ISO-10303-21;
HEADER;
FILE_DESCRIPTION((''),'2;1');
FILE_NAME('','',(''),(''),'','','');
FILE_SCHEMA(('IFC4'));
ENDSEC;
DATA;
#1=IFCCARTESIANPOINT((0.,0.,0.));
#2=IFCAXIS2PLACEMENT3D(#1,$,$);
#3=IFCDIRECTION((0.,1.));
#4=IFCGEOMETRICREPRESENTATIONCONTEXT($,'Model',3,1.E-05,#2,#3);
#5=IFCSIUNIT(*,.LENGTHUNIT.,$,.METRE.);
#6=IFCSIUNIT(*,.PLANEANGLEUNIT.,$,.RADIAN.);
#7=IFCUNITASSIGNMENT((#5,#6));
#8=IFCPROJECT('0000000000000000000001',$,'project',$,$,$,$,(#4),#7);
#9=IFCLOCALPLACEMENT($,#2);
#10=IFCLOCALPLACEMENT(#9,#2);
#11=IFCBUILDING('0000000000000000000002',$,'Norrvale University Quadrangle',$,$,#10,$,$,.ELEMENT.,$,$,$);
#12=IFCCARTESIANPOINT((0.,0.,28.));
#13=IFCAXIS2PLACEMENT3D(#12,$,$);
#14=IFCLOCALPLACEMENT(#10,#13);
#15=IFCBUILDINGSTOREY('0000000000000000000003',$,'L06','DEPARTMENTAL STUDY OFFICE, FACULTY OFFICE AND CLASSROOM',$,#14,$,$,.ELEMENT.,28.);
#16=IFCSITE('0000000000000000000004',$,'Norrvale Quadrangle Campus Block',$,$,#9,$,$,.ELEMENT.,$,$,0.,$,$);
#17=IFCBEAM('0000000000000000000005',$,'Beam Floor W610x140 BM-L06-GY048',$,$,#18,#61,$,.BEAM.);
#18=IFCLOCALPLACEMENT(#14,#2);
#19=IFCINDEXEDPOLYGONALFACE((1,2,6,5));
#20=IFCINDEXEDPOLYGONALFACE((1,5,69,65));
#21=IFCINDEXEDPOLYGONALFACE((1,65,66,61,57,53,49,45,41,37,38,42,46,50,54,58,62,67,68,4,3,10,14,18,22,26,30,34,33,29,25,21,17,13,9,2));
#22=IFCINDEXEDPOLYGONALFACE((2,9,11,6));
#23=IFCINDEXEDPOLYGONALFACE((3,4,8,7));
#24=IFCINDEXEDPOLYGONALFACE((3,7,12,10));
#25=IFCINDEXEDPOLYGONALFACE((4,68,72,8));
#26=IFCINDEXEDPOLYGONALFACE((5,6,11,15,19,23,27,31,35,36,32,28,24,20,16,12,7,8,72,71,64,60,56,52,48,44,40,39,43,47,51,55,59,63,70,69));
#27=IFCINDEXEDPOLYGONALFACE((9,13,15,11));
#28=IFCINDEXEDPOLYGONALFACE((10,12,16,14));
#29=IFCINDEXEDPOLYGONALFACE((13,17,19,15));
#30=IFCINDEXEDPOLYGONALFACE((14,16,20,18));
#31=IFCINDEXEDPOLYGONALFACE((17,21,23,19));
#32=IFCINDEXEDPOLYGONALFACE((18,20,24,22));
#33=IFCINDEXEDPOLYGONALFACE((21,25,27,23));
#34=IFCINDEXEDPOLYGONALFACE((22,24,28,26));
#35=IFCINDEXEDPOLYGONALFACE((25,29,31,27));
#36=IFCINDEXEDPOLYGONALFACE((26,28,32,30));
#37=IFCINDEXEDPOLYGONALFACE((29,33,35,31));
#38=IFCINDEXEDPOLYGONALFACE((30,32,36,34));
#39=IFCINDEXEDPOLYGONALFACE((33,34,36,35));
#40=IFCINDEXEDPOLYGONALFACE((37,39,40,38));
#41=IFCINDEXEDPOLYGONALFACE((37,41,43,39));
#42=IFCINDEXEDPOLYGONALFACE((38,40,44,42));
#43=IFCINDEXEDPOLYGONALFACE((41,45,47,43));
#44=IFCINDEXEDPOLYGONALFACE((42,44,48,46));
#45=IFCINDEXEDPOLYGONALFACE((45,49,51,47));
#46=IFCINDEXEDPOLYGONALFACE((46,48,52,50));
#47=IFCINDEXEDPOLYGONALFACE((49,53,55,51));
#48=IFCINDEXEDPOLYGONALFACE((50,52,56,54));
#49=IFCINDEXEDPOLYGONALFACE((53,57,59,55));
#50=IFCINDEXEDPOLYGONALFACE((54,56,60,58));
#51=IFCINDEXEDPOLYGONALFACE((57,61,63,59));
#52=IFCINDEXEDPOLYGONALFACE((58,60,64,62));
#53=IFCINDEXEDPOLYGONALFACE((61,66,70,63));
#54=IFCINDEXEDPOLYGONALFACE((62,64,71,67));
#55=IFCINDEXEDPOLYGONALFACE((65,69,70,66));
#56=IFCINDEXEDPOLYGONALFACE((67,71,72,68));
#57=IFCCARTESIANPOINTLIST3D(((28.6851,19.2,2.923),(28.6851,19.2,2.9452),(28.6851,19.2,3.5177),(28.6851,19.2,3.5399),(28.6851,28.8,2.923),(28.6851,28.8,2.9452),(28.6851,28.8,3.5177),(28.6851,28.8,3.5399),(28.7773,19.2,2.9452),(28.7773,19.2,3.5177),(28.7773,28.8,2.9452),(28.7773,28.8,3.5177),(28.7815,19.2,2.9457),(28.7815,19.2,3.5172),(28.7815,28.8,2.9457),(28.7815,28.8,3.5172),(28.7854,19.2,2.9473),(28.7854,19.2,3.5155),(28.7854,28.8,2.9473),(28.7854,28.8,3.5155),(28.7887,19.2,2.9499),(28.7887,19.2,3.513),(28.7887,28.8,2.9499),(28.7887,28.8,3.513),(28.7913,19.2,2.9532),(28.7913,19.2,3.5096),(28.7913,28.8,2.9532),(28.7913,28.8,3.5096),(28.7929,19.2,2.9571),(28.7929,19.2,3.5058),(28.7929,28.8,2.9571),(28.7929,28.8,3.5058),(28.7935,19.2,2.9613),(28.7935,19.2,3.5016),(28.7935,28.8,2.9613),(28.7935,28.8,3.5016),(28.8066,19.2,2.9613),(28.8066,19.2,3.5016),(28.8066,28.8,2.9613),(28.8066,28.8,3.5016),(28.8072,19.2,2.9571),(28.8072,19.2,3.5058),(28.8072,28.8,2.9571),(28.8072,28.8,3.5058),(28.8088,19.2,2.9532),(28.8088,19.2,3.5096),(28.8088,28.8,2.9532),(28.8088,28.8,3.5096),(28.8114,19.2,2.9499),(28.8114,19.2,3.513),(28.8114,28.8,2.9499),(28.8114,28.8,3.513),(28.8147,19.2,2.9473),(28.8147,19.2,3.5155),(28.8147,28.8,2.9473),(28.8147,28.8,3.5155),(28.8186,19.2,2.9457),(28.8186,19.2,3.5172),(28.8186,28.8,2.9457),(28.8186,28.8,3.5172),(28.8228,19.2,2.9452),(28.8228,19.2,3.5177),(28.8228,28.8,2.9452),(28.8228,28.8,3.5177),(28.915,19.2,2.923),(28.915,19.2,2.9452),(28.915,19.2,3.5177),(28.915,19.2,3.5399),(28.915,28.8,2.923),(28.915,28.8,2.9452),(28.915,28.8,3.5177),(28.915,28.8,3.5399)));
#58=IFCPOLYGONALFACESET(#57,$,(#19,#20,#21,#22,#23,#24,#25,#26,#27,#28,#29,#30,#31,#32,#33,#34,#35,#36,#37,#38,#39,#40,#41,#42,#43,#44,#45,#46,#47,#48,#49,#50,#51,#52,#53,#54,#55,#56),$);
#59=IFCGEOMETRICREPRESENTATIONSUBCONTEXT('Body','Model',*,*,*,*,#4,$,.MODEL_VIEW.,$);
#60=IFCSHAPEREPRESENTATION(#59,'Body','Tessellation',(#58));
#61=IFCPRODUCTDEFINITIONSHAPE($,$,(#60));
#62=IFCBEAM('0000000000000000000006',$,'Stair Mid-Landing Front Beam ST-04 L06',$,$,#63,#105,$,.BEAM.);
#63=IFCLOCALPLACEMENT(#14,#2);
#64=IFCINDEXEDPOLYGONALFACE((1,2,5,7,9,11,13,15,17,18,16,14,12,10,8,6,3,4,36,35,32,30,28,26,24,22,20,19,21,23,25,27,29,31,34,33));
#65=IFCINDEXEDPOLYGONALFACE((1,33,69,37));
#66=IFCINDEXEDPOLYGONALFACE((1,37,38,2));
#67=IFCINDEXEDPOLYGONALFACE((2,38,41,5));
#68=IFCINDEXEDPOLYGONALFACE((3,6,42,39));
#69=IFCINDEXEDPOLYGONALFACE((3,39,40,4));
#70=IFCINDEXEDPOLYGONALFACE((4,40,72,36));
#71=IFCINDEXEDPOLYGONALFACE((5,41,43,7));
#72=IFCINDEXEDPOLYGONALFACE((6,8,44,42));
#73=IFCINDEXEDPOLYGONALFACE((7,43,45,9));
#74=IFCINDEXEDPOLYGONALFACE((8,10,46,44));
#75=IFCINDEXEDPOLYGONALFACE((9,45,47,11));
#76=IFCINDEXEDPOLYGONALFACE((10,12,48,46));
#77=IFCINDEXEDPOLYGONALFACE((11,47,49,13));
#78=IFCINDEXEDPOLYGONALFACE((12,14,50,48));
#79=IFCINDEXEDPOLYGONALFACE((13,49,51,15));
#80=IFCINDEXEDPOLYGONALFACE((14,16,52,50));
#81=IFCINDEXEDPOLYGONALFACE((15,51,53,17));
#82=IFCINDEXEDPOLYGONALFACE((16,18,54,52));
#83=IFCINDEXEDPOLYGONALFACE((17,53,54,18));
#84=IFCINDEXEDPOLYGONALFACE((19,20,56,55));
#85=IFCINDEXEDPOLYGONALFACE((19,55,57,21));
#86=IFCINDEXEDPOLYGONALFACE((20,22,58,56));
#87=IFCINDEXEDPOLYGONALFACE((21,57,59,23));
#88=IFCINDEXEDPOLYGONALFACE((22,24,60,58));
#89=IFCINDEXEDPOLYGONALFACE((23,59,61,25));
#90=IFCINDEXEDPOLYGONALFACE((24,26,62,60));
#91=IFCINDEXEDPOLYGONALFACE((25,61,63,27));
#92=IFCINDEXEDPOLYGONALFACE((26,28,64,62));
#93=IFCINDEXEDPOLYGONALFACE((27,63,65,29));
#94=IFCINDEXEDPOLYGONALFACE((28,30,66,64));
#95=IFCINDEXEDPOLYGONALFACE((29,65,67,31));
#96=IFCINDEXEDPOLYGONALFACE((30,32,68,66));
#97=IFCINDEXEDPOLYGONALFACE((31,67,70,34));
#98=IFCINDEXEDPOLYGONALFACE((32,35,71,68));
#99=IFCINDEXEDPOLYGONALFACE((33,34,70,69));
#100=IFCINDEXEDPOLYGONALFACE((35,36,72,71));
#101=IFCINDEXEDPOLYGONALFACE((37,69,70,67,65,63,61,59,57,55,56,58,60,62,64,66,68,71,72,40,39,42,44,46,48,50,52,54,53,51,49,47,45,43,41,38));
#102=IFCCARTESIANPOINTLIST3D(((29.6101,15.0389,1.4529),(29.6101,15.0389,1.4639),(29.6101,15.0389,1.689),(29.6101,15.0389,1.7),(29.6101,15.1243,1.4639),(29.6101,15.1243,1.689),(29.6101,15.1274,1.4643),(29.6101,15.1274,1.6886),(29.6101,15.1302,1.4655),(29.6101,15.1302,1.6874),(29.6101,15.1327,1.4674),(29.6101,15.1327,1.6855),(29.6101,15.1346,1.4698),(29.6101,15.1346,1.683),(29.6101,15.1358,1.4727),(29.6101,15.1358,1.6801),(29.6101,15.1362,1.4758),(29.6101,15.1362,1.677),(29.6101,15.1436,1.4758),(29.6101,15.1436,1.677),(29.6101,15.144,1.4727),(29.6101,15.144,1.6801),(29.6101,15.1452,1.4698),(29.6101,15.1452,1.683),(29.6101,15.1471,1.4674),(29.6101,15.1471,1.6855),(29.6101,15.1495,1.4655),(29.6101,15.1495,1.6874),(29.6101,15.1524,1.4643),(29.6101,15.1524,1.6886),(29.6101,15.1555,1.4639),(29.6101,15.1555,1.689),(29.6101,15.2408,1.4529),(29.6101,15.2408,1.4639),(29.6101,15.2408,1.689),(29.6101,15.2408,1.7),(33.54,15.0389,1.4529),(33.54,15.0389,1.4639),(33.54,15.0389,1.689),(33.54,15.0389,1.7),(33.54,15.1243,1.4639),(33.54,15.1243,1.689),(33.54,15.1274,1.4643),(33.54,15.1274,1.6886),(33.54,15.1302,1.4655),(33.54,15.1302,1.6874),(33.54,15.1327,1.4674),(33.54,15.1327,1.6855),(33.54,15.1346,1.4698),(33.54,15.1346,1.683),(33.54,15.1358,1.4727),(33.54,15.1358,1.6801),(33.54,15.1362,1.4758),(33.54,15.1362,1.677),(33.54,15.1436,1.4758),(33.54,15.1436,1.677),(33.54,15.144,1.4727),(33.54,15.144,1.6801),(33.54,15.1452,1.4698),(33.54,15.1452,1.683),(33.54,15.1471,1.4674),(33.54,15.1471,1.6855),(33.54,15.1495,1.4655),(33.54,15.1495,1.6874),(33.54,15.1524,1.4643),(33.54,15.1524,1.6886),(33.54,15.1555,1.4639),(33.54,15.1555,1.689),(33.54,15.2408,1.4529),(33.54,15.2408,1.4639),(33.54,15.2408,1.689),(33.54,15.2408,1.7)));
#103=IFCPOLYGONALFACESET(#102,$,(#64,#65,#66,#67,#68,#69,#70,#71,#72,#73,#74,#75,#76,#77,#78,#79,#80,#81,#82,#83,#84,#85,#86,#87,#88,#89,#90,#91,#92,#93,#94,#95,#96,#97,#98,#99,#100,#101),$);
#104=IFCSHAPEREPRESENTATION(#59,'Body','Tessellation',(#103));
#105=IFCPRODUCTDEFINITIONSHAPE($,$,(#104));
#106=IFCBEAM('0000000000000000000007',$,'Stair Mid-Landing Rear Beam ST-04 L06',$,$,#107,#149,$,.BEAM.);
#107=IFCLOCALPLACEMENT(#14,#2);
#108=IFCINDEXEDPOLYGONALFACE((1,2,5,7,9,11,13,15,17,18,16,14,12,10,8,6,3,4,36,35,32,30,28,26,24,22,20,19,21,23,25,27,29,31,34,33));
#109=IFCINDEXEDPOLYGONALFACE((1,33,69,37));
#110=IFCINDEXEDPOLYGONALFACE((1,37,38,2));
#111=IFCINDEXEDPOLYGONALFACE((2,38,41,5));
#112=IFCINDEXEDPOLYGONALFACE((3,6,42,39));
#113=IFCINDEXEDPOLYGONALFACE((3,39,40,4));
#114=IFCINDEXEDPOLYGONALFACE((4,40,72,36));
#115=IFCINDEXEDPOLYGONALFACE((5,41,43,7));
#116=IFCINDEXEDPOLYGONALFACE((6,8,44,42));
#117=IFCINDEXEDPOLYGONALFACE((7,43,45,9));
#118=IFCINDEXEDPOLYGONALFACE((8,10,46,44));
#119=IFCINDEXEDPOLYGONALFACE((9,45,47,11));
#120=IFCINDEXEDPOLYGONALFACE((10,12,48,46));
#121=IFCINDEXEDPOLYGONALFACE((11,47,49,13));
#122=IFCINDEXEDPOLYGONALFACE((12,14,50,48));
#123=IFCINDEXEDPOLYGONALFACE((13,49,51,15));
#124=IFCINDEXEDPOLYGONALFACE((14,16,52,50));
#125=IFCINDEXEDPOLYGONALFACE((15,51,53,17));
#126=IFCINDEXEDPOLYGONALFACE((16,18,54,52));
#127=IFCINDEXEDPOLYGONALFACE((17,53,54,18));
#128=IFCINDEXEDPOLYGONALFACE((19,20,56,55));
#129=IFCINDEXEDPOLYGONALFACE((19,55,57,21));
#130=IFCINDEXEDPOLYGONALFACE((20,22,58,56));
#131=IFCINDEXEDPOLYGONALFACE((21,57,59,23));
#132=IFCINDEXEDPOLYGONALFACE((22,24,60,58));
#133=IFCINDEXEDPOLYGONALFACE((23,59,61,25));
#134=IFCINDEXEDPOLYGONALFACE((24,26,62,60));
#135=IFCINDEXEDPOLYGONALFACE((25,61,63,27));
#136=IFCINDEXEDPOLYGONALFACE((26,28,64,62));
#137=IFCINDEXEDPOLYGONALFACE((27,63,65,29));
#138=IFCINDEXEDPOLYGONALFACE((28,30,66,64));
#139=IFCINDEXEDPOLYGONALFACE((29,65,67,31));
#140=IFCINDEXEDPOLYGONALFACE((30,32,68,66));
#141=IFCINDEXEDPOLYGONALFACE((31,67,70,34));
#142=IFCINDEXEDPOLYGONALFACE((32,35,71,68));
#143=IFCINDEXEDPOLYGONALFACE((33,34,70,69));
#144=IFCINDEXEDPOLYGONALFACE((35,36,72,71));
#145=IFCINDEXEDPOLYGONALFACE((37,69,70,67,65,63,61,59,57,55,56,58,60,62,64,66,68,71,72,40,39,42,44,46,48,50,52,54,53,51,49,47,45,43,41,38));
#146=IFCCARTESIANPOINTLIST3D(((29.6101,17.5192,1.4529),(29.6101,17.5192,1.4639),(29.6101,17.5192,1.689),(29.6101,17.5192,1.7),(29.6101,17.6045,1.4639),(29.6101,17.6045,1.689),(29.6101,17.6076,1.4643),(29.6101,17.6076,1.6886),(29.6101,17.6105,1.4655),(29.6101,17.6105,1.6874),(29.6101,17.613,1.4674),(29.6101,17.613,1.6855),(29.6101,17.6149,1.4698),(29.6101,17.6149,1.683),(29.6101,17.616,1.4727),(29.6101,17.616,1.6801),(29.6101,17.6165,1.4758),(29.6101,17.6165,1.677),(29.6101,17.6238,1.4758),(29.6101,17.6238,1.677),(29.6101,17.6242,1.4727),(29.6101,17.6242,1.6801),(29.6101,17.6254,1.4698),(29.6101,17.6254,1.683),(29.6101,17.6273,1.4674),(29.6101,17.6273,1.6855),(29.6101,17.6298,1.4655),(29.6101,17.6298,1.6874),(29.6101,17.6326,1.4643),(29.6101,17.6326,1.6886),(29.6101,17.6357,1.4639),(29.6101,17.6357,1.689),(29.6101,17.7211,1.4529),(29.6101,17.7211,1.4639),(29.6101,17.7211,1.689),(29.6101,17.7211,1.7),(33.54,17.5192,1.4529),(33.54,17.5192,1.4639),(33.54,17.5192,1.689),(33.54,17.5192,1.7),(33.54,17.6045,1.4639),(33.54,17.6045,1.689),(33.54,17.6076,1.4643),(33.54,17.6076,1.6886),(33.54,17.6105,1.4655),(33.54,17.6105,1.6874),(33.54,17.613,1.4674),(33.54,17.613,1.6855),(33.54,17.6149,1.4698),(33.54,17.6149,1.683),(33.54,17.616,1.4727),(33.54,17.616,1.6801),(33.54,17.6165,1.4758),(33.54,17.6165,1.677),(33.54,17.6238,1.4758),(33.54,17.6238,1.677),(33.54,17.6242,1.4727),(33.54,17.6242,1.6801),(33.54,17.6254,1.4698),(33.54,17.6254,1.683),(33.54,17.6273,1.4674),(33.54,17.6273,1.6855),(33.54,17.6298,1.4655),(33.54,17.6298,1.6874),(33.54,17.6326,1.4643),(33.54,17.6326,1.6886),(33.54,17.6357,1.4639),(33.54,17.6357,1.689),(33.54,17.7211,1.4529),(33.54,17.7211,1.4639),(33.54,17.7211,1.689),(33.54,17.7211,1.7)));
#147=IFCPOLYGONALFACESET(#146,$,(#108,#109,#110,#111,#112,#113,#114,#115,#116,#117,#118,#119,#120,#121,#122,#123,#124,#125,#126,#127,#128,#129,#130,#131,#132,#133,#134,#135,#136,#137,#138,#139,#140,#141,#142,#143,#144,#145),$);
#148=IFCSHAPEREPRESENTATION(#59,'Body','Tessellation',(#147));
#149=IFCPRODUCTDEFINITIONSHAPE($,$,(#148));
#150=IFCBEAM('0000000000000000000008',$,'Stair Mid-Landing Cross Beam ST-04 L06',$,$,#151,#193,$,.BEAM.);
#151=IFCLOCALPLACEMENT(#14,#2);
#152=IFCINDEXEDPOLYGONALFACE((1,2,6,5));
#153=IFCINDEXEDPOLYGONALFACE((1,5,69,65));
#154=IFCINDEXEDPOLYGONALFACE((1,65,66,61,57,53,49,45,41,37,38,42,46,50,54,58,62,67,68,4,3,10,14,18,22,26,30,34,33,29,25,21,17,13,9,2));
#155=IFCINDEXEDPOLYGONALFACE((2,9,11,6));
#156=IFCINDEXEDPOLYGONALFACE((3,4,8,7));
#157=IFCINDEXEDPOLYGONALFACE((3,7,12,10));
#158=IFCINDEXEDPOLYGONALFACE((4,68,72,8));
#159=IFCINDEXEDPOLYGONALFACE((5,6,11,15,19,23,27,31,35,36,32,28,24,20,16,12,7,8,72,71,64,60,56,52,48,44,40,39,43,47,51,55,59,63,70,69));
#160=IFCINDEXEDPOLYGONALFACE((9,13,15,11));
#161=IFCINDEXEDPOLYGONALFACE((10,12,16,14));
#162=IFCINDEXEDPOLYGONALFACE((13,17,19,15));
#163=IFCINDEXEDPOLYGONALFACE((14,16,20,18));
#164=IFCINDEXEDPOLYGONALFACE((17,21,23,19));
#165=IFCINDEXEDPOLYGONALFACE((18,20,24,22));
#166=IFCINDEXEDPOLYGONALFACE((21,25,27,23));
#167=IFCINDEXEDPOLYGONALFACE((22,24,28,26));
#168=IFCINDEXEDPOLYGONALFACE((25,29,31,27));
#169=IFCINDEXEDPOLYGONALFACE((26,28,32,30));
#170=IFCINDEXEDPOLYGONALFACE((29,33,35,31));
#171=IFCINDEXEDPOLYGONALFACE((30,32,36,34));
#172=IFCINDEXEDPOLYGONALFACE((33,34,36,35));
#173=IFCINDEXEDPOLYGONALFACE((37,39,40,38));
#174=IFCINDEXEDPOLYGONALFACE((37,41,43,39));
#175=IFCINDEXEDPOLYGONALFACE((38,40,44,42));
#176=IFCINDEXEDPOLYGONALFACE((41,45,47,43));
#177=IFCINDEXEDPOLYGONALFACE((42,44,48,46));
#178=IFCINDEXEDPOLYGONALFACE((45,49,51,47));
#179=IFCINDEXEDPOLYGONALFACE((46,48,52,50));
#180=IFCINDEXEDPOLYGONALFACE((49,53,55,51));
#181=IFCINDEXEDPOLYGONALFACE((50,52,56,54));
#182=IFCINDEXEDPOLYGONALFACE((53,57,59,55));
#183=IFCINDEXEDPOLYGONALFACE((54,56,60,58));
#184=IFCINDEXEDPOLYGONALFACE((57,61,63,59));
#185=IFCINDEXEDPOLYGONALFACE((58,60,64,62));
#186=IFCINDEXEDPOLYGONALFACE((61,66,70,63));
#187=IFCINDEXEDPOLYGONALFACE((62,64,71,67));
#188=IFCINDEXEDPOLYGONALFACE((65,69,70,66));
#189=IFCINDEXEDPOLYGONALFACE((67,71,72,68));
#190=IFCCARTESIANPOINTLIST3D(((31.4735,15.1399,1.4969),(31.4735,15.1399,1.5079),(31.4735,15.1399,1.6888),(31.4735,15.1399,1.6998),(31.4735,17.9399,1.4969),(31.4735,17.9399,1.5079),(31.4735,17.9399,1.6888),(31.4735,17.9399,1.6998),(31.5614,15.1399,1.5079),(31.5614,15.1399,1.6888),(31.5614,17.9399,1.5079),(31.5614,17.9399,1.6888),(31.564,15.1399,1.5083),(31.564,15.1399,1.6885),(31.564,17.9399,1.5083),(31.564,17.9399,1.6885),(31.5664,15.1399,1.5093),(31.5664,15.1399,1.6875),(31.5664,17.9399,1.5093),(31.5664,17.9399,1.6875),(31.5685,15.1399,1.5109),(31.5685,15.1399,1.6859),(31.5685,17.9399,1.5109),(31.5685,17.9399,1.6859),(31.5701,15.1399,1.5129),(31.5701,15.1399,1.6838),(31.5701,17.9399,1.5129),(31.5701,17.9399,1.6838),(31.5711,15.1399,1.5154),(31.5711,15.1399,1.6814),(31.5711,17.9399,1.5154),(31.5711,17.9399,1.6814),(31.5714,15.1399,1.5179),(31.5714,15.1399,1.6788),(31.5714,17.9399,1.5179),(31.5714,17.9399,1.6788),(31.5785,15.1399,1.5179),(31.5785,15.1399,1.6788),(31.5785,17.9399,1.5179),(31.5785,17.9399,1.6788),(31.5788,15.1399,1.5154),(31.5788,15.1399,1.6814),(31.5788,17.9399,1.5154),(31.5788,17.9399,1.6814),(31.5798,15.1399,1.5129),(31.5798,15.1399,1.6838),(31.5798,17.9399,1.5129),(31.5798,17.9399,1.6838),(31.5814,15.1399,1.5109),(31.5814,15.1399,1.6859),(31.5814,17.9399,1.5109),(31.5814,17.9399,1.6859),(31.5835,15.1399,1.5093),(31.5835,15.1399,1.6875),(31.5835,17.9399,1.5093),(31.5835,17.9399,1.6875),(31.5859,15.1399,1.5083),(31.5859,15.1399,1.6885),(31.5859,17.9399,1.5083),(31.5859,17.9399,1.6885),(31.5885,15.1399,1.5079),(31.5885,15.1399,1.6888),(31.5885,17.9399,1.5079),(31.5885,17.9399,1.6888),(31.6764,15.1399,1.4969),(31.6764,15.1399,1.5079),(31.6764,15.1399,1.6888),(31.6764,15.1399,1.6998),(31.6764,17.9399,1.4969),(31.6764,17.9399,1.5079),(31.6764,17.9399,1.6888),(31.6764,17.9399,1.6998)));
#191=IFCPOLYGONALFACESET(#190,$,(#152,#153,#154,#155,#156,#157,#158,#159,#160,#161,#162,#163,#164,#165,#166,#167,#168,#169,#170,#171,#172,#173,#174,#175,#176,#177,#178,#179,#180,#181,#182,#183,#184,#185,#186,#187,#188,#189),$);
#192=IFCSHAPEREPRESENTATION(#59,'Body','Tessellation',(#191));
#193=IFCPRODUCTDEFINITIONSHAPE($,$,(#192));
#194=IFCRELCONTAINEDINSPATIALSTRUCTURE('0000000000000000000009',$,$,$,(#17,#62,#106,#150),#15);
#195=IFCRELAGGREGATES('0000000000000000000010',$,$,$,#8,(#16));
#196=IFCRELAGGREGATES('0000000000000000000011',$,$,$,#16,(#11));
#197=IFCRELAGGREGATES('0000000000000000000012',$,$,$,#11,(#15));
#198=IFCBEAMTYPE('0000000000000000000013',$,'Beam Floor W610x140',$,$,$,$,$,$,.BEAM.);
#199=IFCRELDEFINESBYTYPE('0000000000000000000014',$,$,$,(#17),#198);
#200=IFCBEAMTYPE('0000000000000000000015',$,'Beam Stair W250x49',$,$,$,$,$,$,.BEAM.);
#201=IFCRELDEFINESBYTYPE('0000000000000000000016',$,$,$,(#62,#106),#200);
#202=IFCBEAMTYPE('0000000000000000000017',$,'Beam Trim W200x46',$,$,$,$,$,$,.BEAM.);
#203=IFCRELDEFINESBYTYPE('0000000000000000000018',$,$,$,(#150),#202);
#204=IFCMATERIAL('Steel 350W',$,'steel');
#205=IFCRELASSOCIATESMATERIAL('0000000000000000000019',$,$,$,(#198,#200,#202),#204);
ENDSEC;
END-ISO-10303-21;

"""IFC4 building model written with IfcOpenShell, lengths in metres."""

from ifc_helpers import new_model, si_unit, direction, frame, origin, origin_2d, place, context, subcontext, project, spatial, i_section, extrude, material, material_profile, profile_set, type_object, element, save


model = new_model("IFC4")

# Units and contexts
model_context = context("Model", 3, precision=1e-05, world=origin(), true_north=direction((0.0, 1.0)))
body_context = subcontext(model_context, "Body", "Model", "MODEL_VIEW")
ifc_project = project(units=[si_unit("LENGTHUNIT", "METRE"), si_unit("PLANEANGLEUNIT", "RADIAN")], contexts=[model_context])

# Site, building, storey
site_placement = place(None, origin())
site = spatial("IfcSite", under=ifc_project, at=site_placement, Name="Norrvale Quadrangle Campus Block", CompositionType="ELEMENT", RefElevation=0.0)
building_placement = place(site_placement, origin())
building = spatial("IfcBuilding", under=site, at=building_placement, Name="Norrvale University Quadrangle", CompositionType="ELEMENT")
storey_placement = place(building_placement, frame((0.0, 0.0, 28.0)))
storey = spatial("IfcBuildingStorey", under=building, at=storey_placement, Name="L06", Description="DEPARTMENTAL STUDY OFFICE, FACULTY OFFICE AND CLASSROOM", CompositionType="ELEMENT", Elevation=28.0)

# Beams
ifc_material_1 = material(Name="Steel 350W", Category="steel")
ifc_material_profile_1 = material_profile(ifc_material_1, i_section(OverallWidth=0.23, OverallDepth=0.6169, WebThickness=0.0132, FlangeThickness=0.0222, FilletRadius=0.0161, at=origin_2d()), Name="Steel 350W")
ifc_profile_set_1 = profile_set([ifc_material_profile_1], Name="Steel 350W")
beam_type_1 = type_object("IfcBeamType", Name="Beam Floor W610x140", PredefinedType="BEAM", material=ifc_profile_set_1)
for number, where, z_axis, x_axis, name in (
    (1, (28.8, 19.2, 3.2314), (0.0, 1.0, 0.0), (-1.0, 0.0, 0.0), "Beam Floor W610x140 BM-L06-GY048"),
):
    element("IfcBeam", number, at=place(storey_placement, frame(where, z_axis=z_axis, x_axis=x_axis)), inside=storey, type_object=beam_type_1, Name=name, PredefinedType="BEAM", context=body_context, shape_type="SweptSolid", body=[
        extrude(i_section(OverallWidth=0.23, OverallDepth=0.6169, WebThickness=0.0132, FlangeThickness=0.0222, FilletRadius=0.0161, at=origin_2d()), origin(), (0.0, 0.0, 1.0), 9.6001),
    ])
ifc_material_profile_2 = material_profile(ifc_material_1, i_section(OverallWidth=0.2019, OverallDepth=0.2471, WebThickness=0.0073, FlangeThickness=0.011, FilletRadius=0.012, at=origin_2d()), Name="Steel 350W")
ifc_profile_set_2 = profile_set([ifc_material_profile_2], Name="Steel 350W")
beam_type_2 = type_object("IfcBeamType", Name="Beam Stair W250x49", PredefinedType="BEAM", material=ifc_profile_set_2)
for number, where, z_axis, x_axis, name in (
    (2, (29.6101, 15.1399, 1.5764), (1.0, 0.0, 0.0), (0.0, 1.0, 0.0), "Stair Mid-Landing Front Beam ST-04 L06"),
    (3, (29.6101, 17.6201, 1.5764), (1.0, 0.0, 0.0), (0.0, 1.0, 0.0), "Stair Mid-Landing Rear Beam ST-04 L06"),
):
    element("IfcBeam", number, at=place(storey_placement, frame(where, z_axis=z_axis, x_axis=x_axis)), inside=storey, type_object=beam_type_2, Name=name, PredefinedType="BEAM", context=body_context, shape_type="SweptSolid", body=[
        extrude(i_section(OverallWidth=0.2019, OverallDepth=0.2471, WebThickness=0.0073, FlangeThickness=0.011, FilletRadius=0.012, at=origin_2d()), origin(), (0.0, 0.0, 1.0), 3.9299),
    ])
ifc_material_profile_3 = material_profile(ifc_material_1, i_section(OverallWidth=0.2029, OverallDepth=0.2029, WebThickness=0.0071, FlangeThickness=0.011, FilletRadius=0.01, at=origin_2d()), Name="Steel 350W")
ifc_profile_set_3 = profile_set([ifc_material_profile_3], Name="Steel 350W")
beam_type_3 = type_object("IfcBeamType", Name="Beam Trim W200x46", PredefinedType="BEAM", material=ifc_profile_set_3)
beam_1_placement = place(storey_placement, frame((31.575, 15.1399, 1.5984), z_axis=(0.0, 1.0, 0.0), x_axis=(-1.0, 0.0, 0.0)))
element("IfcBeam", 4, at=beam_1_placement, inside=storey, type_object=beam_type_3, Name="Stair Mid-Landing Cross Beam ST-04 L06", PredefinedType="BEAM", context=body_context, shape_type="SweptSolid", body=[
    extrude(i_section(OverallWidth=0.2029, OverallDepth=0.2029, WebThickness=0.0071, FlangeThickness=0.011, FilletRadius=0.01, at=origin_2d()), origin(), (0.0, 0.0, 1.0), 2.8),
])

save(model, "model.ifc")
